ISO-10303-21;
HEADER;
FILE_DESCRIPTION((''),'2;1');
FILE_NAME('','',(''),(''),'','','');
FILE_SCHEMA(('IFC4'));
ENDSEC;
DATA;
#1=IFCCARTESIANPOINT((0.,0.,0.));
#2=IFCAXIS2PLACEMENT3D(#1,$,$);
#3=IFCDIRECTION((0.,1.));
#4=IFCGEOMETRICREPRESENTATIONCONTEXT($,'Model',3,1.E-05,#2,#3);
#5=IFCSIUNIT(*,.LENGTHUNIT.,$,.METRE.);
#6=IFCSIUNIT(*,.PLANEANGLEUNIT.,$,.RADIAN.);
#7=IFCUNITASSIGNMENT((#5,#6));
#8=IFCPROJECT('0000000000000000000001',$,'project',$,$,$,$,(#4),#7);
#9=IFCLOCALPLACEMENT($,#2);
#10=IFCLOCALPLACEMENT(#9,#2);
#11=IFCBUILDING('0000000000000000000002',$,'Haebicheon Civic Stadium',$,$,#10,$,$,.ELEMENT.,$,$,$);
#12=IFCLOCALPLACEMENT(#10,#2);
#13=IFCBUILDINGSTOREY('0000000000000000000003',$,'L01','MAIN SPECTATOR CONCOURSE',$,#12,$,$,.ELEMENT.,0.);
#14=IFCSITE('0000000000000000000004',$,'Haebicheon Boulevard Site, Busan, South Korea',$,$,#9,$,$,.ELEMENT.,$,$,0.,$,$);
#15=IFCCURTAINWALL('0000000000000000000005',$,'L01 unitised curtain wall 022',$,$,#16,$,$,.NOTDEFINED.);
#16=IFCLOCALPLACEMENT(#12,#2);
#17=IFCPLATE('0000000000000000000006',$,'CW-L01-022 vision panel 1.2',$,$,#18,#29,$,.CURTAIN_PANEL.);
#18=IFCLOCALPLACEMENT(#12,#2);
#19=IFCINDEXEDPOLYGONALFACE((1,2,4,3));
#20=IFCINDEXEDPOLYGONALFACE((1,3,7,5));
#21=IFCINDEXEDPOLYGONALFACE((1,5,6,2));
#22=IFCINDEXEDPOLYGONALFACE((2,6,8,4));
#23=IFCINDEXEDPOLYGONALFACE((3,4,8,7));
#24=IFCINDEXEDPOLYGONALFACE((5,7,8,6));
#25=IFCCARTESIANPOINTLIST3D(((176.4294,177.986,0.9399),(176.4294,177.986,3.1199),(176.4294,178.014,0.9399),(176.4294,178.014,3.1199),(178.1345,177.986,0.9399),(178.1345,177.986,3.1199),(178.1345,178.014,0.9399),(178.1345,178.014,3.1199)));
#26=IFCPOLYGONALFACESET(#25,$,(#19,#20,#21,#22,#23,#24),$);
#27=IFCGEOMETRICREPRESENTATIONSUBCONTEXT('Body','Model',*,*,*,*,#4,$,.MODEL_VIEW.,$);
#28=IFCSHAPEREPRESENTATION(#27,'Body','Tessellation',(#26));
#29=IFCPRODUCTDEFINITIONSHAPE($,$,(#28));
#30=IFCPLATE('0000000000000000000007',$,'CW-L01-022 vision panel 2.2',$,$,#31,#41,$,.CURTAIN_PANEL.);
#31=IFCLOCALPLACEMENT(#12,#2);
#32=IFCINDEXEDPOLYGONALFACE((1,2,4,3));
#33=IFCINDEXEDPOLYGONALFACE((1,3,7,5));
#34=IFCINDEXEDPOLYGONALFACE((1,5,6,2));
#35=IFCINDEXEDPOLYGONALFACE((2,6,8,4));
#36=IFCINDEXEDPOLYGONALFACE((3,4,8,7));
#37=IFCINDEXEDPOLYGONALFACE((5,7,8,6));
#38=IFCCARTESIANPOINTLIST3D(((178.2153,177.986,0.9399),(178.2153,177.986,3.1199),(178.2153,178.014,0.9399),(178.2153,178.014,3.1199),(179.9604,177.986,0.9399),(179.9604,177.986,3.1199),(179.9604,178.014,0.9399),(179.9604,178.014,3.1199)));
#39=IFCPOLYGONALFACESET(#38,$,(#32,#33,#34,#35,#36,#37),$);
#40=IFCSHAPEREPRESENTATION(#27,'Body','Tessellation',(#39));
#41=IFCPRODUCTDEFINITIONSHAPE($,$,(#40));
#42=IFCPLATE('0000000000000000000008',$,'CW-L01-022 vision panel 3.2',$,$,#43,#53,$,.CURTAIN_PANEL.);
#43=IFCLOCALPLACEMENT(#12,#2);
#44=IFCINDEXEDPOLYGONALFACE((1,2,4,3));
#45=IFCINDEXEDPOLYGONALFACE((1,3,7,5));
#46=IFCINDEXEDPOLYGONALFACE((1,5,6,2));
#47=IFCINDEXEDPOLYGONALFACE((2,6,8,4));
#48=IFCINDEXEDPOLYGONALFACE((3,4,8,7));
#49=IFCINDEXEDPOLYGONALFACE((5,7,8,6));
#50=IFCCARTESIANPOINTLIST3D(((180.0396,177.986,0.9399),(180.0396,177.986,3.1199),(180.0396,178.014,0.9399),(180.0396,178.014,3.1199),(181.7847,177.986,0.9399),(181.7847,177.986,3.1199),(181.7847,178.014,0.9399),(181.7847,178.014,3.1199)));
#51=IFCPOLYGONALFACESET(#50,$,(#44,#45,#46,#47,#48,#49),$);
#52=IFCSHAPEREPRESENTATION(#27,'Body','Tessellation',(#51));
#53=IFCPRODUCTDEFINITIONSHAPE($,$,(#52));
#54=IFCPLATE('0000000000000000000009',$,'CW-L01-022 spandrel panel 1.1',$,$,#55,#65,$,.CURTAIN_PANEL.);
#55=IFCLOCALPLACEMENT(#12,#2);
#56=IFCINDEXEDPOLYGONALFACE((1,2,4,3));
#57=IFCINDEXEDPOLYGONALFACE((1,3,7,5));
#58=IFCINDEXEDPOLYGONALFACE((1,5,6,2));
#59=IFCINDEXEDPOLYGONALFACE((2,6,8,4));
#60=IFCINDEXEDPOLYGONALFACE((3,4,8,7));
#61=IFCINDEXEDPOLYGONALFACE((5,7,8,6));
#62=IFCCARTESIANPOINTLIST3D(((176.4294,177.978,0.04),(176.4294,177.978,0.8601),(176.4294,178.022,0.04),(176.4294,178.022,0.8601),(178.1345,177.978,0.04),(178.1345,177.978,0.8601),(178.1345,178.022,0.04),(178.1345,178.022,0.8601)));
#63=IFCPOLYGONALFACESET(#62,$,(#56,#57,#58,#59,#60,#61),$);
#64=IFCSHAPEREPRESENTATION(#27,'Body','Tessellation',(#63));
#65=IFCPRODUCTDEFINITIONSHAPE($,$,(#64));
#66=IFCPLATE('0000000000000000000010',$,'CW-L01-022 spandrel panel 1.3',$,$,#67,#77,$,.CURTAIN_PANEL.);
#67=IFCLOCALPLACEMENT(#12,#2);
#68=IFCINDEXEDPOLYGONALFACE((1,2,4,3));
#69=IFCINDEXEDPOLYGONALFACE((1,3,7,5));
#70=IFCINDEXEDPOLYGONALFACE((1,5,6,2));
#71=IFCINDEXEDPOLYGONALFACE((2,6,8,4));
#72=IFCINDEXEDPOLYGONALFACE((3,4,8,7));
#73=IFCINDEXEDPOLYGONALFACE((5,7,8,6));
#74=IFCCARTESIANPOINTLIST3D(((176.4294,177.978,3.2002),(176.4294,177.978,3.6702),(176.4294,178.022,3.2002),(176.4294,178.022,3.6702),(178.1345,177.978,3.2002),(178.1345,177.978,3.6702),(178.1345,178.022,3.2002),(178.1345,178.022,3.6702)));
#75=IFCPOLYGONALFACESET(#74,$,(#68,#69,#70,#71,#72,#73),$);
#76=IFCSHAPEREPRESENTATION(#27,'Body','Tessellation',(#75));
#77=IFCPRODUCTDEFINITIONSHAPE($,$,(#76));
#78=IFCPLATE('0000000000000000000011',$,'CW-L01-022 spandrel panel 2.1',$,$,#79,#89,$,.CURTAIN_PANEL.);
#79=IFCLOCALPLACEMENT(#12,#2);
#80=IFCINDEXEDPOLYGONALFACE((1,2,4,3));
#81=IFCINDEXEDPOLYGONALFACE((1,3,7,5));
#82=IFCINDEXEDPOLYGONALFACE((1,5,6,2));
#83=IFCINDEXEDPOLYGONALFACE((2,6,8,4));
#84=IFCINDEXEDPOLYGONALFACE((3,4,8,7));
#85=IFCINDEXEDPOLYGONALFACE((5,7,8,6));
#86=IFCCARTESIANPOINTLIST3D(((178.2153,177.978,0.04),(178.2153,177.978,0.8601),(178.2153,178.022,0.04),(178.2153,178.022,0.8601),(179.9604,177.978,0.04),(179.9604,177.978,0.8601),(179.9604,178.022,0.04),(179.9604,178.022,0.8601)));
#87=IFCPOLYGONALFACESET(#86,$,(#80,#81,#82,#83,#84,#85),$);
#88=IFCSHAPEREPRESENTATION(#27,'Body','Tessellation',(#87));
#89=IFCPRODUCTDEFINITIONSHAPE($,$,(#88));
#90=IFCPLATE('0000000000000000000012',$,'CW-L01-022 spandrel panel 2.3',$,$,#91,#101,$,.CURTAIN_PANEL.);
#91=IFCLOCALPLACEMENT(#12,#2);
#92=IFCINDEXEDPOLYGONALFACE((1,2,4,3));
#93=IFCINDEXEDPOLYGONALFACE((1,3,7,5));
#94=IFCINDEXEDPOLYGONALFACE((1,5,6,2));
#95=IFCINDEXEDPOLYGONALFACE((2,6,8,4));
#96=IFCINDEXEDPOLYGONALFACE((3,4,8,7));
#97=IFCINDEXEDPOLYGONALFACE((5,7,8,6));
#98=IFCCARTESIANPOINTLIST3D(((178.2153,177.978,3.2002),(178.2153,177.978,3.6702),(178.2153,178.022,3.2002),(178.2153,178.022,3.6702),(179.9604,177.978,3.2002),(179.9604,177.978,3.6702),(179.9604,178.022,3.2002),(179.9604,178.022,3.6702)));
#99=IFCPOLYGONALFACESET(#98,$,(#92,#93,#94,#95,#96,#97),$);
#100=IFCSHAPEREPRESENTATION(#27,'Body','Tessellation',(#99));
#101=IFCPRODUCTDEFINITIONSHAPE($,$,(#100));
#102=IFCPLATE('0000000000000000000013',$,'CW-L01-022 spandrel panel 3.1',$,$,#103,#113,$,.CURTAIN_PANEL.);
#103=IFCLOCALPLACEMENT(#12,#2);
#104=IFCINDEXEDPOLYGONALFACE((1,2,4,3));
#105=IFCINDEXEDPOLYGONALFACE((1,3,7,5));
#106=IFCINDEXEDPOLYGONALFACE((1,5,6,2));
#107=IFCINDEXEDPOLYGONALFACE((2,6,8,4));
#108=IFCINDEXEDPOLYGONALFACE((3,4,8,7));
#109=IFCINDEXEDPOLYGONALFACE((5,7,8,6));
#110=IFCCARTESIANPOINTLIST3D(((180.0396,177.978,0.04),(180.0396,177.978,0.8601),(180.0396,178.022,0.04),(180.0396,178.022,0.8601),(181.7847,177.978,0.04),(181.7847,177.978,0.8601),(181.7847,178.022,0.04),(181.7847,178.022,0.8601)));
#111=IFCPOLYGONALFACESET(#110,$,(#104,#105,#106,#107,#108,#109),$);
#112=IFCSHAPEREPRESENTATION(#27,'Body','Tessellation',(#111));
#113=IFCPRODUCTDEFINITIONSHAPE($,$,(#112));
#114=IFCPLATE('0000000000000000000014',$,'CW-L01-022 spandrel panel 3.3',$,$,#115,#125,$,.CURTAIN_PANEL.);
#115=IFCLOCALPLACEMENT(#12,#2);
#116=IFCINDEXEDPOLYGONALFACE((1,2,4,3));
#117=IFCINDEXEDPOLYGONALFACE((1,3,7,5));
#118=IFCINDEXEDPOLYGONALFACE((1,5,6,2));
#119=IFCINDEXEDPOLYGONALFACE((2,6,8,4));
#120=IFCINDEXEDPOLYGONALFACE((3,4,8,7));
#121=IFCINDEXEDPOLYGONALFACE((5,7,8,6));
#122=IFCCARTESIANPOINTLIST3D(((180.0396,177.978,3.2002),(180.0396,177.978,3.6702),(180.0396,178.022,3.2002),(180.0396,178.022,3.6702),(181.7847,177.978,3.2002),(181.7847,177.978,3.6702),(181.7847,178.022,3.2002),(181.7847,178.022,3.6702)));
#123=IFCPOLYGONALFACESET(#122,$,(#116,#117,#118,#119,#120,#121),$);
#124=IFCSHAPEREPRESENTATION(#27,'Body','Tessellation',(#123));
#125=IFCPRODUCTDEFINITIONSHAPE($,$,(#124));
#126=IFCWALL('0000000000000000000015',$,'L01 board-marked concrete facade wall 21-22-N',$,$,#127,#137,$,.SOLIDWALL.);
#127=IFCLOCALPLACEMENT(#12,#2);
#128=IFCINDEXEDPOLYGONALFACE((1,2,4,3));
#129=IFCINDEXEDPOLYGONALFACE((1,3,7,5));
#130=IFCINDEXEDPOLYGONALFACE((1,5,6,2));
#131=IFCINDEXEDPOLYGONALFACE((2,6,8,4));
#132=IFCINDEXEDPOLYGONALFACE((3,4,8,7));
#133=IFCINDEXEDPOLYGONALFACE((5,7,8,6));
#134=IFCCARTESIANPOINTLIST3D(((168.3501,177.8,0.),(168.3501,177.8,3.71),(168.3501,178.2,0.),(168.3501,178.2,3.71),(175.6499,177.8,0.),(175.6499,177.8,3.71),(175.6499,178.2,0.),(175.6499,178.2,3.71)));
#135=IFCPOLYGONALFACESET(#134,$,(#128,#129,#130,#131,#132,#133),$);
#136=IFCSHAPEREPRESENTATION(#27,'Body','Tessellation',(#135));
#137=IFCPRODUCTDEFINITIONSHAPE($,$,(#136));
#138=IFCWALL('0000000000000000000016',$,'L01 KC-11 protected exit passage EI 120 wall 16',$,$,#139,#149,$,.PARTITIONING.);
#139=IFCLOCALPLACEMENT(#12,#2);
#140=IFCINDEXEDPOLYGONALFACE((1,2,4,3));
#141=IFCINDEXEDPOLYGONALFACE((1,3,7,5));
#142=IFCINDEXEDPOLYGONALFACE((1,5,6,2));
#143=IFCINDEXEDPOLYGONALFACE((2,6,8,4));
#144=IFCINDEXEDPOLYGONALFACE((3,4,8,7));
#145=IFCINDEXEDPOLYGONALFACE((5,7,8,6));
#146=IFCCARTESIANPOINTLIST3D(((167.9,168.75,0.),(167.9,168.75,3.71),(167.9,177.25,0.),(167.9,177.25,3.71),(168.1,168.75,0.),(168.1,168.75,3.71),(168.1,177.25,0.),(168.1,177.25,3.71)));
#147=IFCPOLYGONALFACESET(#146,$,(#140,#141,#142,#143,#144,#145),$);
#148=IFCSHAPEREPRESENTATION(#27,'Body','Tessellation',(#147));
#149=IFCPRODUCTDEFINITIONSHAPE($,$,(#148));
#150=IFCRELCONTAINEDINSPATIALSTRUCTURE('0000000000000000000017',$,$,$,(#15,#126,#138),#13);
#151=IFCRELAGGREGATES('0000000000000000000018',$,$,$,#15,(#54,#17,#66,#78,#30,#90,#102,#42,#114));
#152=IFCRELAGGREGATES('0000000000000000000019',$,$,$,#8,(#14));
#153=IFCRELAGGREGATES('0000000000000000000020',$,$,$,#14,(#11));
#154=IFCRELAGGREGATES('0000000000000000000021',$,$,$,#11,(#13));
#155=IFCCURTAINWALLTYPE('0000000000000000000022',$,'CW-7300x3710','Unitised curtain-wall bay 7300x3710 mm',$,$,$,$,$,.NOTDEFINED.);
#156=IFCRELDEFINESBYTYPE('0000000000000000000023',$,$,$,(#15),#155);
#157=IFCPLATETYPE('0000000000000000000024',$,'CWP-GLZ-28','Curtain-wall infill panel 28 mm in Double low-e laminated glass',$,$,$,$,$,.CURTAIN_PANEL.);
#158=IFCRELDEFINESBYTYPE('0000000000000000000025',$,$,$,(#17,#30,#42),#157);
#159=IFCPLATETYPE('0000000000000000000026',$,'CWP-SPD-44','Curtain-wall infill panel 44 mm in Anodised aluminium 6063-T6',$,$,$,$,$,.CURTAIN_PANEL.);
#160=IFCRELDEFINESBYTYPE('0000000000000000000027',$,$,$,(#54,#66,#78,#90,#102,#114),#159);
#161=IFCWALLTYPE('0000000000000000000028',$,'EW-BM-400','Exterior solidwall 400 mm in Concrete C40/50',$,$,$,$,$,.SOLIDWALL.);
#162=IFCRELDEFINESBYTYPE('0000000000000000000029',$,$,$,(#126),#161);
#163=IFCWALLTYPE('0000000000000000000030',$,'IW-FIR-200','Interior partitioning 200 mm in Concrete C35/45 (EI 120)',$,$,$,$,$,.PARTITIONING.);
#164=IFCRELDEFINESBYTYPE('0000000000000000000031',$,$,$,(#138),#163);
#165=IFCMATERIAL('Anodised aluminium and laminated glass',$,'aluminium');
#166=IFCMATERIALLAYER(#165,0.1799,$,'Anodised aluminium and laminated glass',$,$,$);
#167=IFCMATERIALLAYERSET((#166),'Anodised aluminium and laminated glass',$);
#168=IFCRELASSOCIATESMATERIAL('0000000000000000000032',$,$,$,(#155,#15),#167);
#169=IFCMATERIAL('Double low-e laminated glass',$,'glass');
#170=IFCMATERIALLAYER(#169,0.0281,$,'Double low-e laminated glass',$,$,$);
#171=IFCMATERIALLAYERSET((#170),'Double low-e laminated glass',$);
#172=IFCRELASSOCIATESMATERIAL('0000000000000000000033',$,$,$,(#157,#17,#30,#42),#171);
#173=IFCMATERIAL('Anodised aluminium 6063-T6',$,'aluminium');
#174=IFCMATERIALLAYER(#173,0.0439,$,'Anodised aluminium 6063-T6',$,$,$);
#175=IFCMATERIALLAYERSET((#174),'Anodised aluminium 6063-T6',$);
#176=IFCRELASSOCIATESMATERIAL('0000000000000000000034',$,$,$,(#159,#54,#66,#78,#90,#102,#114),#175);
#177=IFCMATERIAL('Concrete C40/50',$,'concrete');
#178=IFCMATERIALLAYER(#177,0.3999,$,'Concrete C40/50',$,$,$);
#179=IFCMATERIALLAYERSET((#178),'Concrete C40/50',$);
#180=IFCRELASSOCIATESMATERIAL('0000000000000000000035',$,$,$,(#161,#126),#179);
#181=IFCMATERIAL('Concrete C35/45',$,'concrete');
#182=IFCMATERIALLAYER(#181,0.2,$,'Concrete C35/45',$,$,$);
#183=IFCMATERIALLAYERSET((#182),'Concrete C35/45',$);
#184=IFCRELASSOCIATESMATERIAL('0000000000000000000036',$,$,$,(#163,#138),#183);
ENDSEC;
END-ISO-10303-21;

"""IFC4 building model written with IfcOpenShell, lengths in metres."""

from ifc_helpers import new_model, si_unit, direction, frame, frame_2d, origin, origin_2d, place, context, subcontext, project, spatial, rectangle, extrude, material, layer, layer_set, type_object, element, aggregate, save


model = new_model("IFC4")

# Units and contexts
model_context = context("Model", 3, precision=1e-05, world=origin(), true_north=direction((0.0, 1.0)))
body_context = subcontext(model_context, "Body", "Model", "MODEL_VIEW")
ifc_project = project(units=[si_unit("LENGTHUNIT", "METRE"), si_unit("PLANEANGLEUNIT", "RADIAN")], contexts=[model_context])

# Site, building, storey
site_placement = place(None, origin())
site = spatial("IfcSite", under=ifc_project, at=site_placement, Name="Haebicheon Boulevard Site, Busan, South Korea", CompositionType="ELEMENT", RefElevation=0.0)
building_placement = place(site_placement, origin())
building = spatial("IfcBuilding", under=site, at=building_placement, Name="Haebicheon Civic Stadium", CompositionType="ELEMENT")
storey_placement = place(building_placement, origin())
storey = spatial("IfcBuildingStorey", under=building, at=storey_placement, Name="L01", Description="MAIN SPECTATOR CONCOURSE", CompositionType="ELEMENT", Elevation=0.0)

# Curtain wall
ifc_material_1 = material(Name="Anodised aluminium and laminated glass", Category="aluminium")
ifc_layer_1 = layer(ifc_material_1, 0.1799, Name="Anodised aluminium and laminated glass")
ifc_layer_set_1 = layer_set([ifc_layer_1], Name="Anodised aluminium and laminated glass")
curtain_wall_type = type_object("IfcCurtainWallType", Name="CW-7300x3710", Description="Unitised curtain-wall bay 7300x3710 mm", PredefinedType="NOTDEFINED", material=ifc_layer_set_1)
curtain_wall_placement = place(storey_placement, origin())
curtain_wall = element("IfcCurtainWall", 1, at=curtain_wall_placement, inside=storey, type_object=curtain_wall_type, material=ifc_layer_set_1, Name="L01 unitised curtain wall 022", PredefinedType="NOTDEFINED")

# Plates
ifc_material_2 = material(Name="Double low-e laminated glass", Category="glass")
ifc_layer_2 = layer(ifc_material_2, 0.0281, Name="Double low-e laminated glass")
ifc_layer_set_2 = layer_set([ifc_layer_2], Name="Double low-e laminated glass")
plate_type_1 = type_object("IfcPlateType", Name="CWP-GLZ-28", Description="Curtain-wall infill panel 28 mm in Double low-e laminated glass", PredefinedType="CURTAIN_PANEL", material=ifc_layer_set_2)
plate_1_placement = place(storey_placement, frame((177.282, 178.0, 0.9399), z_axis=(0.0, 0.0, 1.0), x_axis=(1.0, 0.0, 0.0)))
plate_1 = element("IfcPlate", 2, at=plate_1_placement, type_object=plate_type_1, material=ifc_layer_set_2, Name="CW-L01-022 vision panel 1.2", PredefinedType="CURTAIN_PANEL", context=body_context, shape_type="SweptSolid", body=[
    extrude(rectangle(XDim=1.7051, YDim=0.0281, at=origin_2d()), origin(), (0.0, 0.0, 1.0), 2.1799),
])
plate_2_placement = place(storey_placement, frame((179.0879, 178.0, 0.9399), z_axis=(0.0, 0.0, 1.0), x_axis=(1.0, 0.0, 0.0)))
plate_2 = element("IfcPlate", 3, at=plate_2_placement, type_object=plate_type_1, material=ifc_layer_set_2, Name="CW-L01-022 vision panel 2.2", PredefinedType="CURTAIN_PANEL", context=body_context, shape_type="SweptSolid", body=[
    extrude(rectangle(XDim=1.7451, YDim=0.0281, at=origin_2d()), origin(), (0.0, 0.0, 1.0), 2.1799),
])
plate_3_placement = place(storey_placement, frame((180.9121, 178.0, 0.9399), z_axis=(0.0, 0.0, 1.0), x_axis=(1.0, 0.0, 0.0)))
plate_3 = element("IfcPlate", 4, at=plate_3_placement, type_object=plate_type_1, material=ifc_layer_set_2, Name="CW-L01-022 vision panel 3.2", PredefinedType="CURTAIN_PANEL", context=body_context, shape_type="SweptSolid", body=[
    extrude(rectangle(XDim=1.7451, YDim=0.0281, at=origin_2d()), origin(), (0.0, 0.0, 1.0), 2.1799),
])
ifc_material_3 = material(Name="Anodised aluminium 6063-T6", Category="aluminium")
ifc_layer_3 = layer(ifc_material_3, 0.0439, Name="Anodised aluminium 6063-T6")
ifc_layer_set_3 = layer_set([ifc_layer_3], Name="Anodised aluminium 6063-T6")
plate_type_2 = type_object("IfcPlateType", Name="CWP-SPD-44", Description="Curtain-wall infill panel 44 mm in Anodised aluminium 6063-T6", PredefinedType="CURTAIN_PANEL", material=ifc_layer_set_3)
plate_4_placement = place(storey_placement, frame((177.282, 178.0, 0.04), z_axis=(0.0, 0.0, 1.0), x_axis=(1.0, 0.0, 0.0)))
plate_4 = element("IfcPlate", 5, at=plate_4_placement, type_object=plate_type_2, material=ifc_layer_set_3, Name="CW-L01-022 spandrel panel 1.1", PredefinedType="CURTAIN_PANEL", context=body_context, shape_type="SweptSolid", body=[
    extrude(rectangle(XDim=1.7051, YDim=0.0439, at=origin_2d()), origin(), (0.0, 0.0, 1.0), 0.8201),
])
plate_5_placement = place(storey_placement, frame((177.282, 178.0, 3.2002), z_axis=(0.0, 0.0, 1.0), x_axis=(1.0, 0.0, 0.0)))
plate_5 = element("IfcPlate", 6, at=plate_5_placement, type_object=plate_type_2, material=ifc_layer_set_3, Name="CW-L01-022 spandrel panel 1.3", PredefinedType="CURTAIN_PANEL", context=body_context, shape_type="SweptSolid", body=[
    extrude(rectangle(XDim=1.7051, YDim=0.0439, at=origin_2d()), origin(), (0.0, 0.0, 1.0), 0.47),
])
plate_6_placement = place(storey_placement, frame((179.0879, 178.0, 0.04), z_axis=(0.0, 0.0, 1.0), x_axis=(1.0, 0.0, 0.0)))
plate_6 = element("IfcPlate", 7, at=plate_6_placement, type_object=plate_type_2, material=ifc_layer_set_3, Name="CW-L01-022 spandrel panel 2.1", PredefinedType="CURTAIN_PANEL", context=body_context, shape_type="SweptSolid", body=[
    extrude(rectangle(XDim=1.7451, YDim=0.0439, at=origin_2d()), origin(), (0.0, 0.0, 1.0), 0.8201),
])
plate_7_placement = place(storey_placement, frame((179.0879, 178.0, 3.2002), z_axis=(0.0, 0.0, 1.0), x_axis=(1.0, 0.0, 0.0)))
plate_7 = element("IfcPlate", 8, at=plate_7_placement, type_object=plate_type_2, material=ifc_layer_set_3, Name="CW-L01-022 spandrel panel 2.3", PredefinedType="CURTAIN_PANEL", context=body_context, shape_type="SweptSolid", body=[
    extrude(rectangle(XDim=1.7451, YDim=0.0439, at=origin_2d()), origin(), (0.0, 0.0, 1.0), 0.47),
])
plate_8_placement = place(storey_placement, frame((180.9121, 178.0, 0.04), z_axis=(0.0, 0.0, 1.0), x_axis=(1.0, 0.0, 0.0)))
plate_8 = element("IfcPlate", 9, at=plate_8_placement, type_object=plate_type_2, material=ifc_layer_set_3, Name="CW-L01-022 spandrel panel 3.1", PredefinedType="CURTAIN_PANEL", context=body_context, shape_type="SweptSolid", body=[
    extrude(rectangle(XDim=1.7451, YDim=0.0439, at=origin_2d()), origin(), (0.0, 0.0, 1.0), 0.8201),
])
plate_9_placement = place(storey_placement, frame((180.9121, 178.0, 3.2002), z_axis=(0.0, 0.0, 1.0), x_axis=(1.0, 0.0, 0.0)))
plate_9 = element("IfcPlate", 10, at=plate_9_placement, type_object=plate_type_2, material=ifc_layer_set_3, Name="CW-L01-022 spandrel panel 3.3", PredefinedType="CURTAIN_PANEL", context=body_context, shape_type="SweptSolid", body=[
    extrude(rectangle(XDim=1.7451, YDim=0.0439, at=origin_2d()), origin(), (0.0, 0.0, 1.0), 0.47),
])
aggregate(curtain_wall, [plate_4, plate_1, plate_5, plate_6, plate_2, plate_7, plate_8, plate_3, plate_9])

# Walls
ifc_material_4 = material(Name="Concrete C40/50", Category="concrete")
ifc_layer_4 = layer(ifc_material_4, 0.3999, Name="Concrete C40/50")
ifc_layer_set_4 = layer_set([ifc_layer_4], Name="Concrete C40/50")
wall_type_1 = type_object("IfcWallType", Name="EW-BM-400", Description="Exterior solidwall 400 mm in Concrete C40/50", PredefinedType="SOLIDWALL", material=ifc_layer_set_4)
wall_1_placement = place(storey_placement, frame((168.3501, 178.0, 0.0), z_axis=(0.0, 0.0, 1.0), x_axis=(1.0, 0.0, 0.0)))
element("IfcWall", 11, at=wall_1_placement, inside=storey, type_object=wall_type_1, material=ifc_layer_set_4, Name="L01 board-marked concrete facade wall 21-22-N", PredefinedType="SOLIDWALL", context=body_context, shape_type="SweptSolid", body=[
    extrude(rectangle(XDim=7.2998, YDim=0.3999, at=frame_2d((3.6499, 0.0))), origin(), (0.0, 0.0, 1.0), 3.71),
])
ifc_material_5 = material(Name="Concrete C35/45", Category="concrete")
ifc_layer_5 = layer(ifc_material_5, 0.2, Name="Concrete C35/45")
ifc_layer_set_5 = layer_set([ifc_layer_5], Name="Concrete C35/45")
wall_type_2 = type_object("IfcWallType", Name="IW-FIR-200", Description="Interior partitioning 200 mm in Concrete C35/45 (EI 120)", PredefinedType="PARTITIONING", material=ifc_layer_set_5)
wall_2_placement = place(storey_placement, frame((168.0, 168.75, 0.0), z_axis=(0.0, 0.0, 1.0), x_axis=(0.0, 1.0, 0.0)))
element("IfcWall", 12, at=wall_2_placement, inside=storey, type_object=wall_type_2, material=ifc_layer_set_5, Name="L01 KC-11 protected exit passage EI 120 wall 16", PredefinedType="PARTITIONING", context=body_context, shape_type="SweptSolid", body=[
    extrude(rectangle(XDim=8.5, YDim=0.2, at=frame_2d((4.25, 0.0))), origin(), (0.0, 0.0, 1.0), 3.71),
])

save(model, "model.ifc")
